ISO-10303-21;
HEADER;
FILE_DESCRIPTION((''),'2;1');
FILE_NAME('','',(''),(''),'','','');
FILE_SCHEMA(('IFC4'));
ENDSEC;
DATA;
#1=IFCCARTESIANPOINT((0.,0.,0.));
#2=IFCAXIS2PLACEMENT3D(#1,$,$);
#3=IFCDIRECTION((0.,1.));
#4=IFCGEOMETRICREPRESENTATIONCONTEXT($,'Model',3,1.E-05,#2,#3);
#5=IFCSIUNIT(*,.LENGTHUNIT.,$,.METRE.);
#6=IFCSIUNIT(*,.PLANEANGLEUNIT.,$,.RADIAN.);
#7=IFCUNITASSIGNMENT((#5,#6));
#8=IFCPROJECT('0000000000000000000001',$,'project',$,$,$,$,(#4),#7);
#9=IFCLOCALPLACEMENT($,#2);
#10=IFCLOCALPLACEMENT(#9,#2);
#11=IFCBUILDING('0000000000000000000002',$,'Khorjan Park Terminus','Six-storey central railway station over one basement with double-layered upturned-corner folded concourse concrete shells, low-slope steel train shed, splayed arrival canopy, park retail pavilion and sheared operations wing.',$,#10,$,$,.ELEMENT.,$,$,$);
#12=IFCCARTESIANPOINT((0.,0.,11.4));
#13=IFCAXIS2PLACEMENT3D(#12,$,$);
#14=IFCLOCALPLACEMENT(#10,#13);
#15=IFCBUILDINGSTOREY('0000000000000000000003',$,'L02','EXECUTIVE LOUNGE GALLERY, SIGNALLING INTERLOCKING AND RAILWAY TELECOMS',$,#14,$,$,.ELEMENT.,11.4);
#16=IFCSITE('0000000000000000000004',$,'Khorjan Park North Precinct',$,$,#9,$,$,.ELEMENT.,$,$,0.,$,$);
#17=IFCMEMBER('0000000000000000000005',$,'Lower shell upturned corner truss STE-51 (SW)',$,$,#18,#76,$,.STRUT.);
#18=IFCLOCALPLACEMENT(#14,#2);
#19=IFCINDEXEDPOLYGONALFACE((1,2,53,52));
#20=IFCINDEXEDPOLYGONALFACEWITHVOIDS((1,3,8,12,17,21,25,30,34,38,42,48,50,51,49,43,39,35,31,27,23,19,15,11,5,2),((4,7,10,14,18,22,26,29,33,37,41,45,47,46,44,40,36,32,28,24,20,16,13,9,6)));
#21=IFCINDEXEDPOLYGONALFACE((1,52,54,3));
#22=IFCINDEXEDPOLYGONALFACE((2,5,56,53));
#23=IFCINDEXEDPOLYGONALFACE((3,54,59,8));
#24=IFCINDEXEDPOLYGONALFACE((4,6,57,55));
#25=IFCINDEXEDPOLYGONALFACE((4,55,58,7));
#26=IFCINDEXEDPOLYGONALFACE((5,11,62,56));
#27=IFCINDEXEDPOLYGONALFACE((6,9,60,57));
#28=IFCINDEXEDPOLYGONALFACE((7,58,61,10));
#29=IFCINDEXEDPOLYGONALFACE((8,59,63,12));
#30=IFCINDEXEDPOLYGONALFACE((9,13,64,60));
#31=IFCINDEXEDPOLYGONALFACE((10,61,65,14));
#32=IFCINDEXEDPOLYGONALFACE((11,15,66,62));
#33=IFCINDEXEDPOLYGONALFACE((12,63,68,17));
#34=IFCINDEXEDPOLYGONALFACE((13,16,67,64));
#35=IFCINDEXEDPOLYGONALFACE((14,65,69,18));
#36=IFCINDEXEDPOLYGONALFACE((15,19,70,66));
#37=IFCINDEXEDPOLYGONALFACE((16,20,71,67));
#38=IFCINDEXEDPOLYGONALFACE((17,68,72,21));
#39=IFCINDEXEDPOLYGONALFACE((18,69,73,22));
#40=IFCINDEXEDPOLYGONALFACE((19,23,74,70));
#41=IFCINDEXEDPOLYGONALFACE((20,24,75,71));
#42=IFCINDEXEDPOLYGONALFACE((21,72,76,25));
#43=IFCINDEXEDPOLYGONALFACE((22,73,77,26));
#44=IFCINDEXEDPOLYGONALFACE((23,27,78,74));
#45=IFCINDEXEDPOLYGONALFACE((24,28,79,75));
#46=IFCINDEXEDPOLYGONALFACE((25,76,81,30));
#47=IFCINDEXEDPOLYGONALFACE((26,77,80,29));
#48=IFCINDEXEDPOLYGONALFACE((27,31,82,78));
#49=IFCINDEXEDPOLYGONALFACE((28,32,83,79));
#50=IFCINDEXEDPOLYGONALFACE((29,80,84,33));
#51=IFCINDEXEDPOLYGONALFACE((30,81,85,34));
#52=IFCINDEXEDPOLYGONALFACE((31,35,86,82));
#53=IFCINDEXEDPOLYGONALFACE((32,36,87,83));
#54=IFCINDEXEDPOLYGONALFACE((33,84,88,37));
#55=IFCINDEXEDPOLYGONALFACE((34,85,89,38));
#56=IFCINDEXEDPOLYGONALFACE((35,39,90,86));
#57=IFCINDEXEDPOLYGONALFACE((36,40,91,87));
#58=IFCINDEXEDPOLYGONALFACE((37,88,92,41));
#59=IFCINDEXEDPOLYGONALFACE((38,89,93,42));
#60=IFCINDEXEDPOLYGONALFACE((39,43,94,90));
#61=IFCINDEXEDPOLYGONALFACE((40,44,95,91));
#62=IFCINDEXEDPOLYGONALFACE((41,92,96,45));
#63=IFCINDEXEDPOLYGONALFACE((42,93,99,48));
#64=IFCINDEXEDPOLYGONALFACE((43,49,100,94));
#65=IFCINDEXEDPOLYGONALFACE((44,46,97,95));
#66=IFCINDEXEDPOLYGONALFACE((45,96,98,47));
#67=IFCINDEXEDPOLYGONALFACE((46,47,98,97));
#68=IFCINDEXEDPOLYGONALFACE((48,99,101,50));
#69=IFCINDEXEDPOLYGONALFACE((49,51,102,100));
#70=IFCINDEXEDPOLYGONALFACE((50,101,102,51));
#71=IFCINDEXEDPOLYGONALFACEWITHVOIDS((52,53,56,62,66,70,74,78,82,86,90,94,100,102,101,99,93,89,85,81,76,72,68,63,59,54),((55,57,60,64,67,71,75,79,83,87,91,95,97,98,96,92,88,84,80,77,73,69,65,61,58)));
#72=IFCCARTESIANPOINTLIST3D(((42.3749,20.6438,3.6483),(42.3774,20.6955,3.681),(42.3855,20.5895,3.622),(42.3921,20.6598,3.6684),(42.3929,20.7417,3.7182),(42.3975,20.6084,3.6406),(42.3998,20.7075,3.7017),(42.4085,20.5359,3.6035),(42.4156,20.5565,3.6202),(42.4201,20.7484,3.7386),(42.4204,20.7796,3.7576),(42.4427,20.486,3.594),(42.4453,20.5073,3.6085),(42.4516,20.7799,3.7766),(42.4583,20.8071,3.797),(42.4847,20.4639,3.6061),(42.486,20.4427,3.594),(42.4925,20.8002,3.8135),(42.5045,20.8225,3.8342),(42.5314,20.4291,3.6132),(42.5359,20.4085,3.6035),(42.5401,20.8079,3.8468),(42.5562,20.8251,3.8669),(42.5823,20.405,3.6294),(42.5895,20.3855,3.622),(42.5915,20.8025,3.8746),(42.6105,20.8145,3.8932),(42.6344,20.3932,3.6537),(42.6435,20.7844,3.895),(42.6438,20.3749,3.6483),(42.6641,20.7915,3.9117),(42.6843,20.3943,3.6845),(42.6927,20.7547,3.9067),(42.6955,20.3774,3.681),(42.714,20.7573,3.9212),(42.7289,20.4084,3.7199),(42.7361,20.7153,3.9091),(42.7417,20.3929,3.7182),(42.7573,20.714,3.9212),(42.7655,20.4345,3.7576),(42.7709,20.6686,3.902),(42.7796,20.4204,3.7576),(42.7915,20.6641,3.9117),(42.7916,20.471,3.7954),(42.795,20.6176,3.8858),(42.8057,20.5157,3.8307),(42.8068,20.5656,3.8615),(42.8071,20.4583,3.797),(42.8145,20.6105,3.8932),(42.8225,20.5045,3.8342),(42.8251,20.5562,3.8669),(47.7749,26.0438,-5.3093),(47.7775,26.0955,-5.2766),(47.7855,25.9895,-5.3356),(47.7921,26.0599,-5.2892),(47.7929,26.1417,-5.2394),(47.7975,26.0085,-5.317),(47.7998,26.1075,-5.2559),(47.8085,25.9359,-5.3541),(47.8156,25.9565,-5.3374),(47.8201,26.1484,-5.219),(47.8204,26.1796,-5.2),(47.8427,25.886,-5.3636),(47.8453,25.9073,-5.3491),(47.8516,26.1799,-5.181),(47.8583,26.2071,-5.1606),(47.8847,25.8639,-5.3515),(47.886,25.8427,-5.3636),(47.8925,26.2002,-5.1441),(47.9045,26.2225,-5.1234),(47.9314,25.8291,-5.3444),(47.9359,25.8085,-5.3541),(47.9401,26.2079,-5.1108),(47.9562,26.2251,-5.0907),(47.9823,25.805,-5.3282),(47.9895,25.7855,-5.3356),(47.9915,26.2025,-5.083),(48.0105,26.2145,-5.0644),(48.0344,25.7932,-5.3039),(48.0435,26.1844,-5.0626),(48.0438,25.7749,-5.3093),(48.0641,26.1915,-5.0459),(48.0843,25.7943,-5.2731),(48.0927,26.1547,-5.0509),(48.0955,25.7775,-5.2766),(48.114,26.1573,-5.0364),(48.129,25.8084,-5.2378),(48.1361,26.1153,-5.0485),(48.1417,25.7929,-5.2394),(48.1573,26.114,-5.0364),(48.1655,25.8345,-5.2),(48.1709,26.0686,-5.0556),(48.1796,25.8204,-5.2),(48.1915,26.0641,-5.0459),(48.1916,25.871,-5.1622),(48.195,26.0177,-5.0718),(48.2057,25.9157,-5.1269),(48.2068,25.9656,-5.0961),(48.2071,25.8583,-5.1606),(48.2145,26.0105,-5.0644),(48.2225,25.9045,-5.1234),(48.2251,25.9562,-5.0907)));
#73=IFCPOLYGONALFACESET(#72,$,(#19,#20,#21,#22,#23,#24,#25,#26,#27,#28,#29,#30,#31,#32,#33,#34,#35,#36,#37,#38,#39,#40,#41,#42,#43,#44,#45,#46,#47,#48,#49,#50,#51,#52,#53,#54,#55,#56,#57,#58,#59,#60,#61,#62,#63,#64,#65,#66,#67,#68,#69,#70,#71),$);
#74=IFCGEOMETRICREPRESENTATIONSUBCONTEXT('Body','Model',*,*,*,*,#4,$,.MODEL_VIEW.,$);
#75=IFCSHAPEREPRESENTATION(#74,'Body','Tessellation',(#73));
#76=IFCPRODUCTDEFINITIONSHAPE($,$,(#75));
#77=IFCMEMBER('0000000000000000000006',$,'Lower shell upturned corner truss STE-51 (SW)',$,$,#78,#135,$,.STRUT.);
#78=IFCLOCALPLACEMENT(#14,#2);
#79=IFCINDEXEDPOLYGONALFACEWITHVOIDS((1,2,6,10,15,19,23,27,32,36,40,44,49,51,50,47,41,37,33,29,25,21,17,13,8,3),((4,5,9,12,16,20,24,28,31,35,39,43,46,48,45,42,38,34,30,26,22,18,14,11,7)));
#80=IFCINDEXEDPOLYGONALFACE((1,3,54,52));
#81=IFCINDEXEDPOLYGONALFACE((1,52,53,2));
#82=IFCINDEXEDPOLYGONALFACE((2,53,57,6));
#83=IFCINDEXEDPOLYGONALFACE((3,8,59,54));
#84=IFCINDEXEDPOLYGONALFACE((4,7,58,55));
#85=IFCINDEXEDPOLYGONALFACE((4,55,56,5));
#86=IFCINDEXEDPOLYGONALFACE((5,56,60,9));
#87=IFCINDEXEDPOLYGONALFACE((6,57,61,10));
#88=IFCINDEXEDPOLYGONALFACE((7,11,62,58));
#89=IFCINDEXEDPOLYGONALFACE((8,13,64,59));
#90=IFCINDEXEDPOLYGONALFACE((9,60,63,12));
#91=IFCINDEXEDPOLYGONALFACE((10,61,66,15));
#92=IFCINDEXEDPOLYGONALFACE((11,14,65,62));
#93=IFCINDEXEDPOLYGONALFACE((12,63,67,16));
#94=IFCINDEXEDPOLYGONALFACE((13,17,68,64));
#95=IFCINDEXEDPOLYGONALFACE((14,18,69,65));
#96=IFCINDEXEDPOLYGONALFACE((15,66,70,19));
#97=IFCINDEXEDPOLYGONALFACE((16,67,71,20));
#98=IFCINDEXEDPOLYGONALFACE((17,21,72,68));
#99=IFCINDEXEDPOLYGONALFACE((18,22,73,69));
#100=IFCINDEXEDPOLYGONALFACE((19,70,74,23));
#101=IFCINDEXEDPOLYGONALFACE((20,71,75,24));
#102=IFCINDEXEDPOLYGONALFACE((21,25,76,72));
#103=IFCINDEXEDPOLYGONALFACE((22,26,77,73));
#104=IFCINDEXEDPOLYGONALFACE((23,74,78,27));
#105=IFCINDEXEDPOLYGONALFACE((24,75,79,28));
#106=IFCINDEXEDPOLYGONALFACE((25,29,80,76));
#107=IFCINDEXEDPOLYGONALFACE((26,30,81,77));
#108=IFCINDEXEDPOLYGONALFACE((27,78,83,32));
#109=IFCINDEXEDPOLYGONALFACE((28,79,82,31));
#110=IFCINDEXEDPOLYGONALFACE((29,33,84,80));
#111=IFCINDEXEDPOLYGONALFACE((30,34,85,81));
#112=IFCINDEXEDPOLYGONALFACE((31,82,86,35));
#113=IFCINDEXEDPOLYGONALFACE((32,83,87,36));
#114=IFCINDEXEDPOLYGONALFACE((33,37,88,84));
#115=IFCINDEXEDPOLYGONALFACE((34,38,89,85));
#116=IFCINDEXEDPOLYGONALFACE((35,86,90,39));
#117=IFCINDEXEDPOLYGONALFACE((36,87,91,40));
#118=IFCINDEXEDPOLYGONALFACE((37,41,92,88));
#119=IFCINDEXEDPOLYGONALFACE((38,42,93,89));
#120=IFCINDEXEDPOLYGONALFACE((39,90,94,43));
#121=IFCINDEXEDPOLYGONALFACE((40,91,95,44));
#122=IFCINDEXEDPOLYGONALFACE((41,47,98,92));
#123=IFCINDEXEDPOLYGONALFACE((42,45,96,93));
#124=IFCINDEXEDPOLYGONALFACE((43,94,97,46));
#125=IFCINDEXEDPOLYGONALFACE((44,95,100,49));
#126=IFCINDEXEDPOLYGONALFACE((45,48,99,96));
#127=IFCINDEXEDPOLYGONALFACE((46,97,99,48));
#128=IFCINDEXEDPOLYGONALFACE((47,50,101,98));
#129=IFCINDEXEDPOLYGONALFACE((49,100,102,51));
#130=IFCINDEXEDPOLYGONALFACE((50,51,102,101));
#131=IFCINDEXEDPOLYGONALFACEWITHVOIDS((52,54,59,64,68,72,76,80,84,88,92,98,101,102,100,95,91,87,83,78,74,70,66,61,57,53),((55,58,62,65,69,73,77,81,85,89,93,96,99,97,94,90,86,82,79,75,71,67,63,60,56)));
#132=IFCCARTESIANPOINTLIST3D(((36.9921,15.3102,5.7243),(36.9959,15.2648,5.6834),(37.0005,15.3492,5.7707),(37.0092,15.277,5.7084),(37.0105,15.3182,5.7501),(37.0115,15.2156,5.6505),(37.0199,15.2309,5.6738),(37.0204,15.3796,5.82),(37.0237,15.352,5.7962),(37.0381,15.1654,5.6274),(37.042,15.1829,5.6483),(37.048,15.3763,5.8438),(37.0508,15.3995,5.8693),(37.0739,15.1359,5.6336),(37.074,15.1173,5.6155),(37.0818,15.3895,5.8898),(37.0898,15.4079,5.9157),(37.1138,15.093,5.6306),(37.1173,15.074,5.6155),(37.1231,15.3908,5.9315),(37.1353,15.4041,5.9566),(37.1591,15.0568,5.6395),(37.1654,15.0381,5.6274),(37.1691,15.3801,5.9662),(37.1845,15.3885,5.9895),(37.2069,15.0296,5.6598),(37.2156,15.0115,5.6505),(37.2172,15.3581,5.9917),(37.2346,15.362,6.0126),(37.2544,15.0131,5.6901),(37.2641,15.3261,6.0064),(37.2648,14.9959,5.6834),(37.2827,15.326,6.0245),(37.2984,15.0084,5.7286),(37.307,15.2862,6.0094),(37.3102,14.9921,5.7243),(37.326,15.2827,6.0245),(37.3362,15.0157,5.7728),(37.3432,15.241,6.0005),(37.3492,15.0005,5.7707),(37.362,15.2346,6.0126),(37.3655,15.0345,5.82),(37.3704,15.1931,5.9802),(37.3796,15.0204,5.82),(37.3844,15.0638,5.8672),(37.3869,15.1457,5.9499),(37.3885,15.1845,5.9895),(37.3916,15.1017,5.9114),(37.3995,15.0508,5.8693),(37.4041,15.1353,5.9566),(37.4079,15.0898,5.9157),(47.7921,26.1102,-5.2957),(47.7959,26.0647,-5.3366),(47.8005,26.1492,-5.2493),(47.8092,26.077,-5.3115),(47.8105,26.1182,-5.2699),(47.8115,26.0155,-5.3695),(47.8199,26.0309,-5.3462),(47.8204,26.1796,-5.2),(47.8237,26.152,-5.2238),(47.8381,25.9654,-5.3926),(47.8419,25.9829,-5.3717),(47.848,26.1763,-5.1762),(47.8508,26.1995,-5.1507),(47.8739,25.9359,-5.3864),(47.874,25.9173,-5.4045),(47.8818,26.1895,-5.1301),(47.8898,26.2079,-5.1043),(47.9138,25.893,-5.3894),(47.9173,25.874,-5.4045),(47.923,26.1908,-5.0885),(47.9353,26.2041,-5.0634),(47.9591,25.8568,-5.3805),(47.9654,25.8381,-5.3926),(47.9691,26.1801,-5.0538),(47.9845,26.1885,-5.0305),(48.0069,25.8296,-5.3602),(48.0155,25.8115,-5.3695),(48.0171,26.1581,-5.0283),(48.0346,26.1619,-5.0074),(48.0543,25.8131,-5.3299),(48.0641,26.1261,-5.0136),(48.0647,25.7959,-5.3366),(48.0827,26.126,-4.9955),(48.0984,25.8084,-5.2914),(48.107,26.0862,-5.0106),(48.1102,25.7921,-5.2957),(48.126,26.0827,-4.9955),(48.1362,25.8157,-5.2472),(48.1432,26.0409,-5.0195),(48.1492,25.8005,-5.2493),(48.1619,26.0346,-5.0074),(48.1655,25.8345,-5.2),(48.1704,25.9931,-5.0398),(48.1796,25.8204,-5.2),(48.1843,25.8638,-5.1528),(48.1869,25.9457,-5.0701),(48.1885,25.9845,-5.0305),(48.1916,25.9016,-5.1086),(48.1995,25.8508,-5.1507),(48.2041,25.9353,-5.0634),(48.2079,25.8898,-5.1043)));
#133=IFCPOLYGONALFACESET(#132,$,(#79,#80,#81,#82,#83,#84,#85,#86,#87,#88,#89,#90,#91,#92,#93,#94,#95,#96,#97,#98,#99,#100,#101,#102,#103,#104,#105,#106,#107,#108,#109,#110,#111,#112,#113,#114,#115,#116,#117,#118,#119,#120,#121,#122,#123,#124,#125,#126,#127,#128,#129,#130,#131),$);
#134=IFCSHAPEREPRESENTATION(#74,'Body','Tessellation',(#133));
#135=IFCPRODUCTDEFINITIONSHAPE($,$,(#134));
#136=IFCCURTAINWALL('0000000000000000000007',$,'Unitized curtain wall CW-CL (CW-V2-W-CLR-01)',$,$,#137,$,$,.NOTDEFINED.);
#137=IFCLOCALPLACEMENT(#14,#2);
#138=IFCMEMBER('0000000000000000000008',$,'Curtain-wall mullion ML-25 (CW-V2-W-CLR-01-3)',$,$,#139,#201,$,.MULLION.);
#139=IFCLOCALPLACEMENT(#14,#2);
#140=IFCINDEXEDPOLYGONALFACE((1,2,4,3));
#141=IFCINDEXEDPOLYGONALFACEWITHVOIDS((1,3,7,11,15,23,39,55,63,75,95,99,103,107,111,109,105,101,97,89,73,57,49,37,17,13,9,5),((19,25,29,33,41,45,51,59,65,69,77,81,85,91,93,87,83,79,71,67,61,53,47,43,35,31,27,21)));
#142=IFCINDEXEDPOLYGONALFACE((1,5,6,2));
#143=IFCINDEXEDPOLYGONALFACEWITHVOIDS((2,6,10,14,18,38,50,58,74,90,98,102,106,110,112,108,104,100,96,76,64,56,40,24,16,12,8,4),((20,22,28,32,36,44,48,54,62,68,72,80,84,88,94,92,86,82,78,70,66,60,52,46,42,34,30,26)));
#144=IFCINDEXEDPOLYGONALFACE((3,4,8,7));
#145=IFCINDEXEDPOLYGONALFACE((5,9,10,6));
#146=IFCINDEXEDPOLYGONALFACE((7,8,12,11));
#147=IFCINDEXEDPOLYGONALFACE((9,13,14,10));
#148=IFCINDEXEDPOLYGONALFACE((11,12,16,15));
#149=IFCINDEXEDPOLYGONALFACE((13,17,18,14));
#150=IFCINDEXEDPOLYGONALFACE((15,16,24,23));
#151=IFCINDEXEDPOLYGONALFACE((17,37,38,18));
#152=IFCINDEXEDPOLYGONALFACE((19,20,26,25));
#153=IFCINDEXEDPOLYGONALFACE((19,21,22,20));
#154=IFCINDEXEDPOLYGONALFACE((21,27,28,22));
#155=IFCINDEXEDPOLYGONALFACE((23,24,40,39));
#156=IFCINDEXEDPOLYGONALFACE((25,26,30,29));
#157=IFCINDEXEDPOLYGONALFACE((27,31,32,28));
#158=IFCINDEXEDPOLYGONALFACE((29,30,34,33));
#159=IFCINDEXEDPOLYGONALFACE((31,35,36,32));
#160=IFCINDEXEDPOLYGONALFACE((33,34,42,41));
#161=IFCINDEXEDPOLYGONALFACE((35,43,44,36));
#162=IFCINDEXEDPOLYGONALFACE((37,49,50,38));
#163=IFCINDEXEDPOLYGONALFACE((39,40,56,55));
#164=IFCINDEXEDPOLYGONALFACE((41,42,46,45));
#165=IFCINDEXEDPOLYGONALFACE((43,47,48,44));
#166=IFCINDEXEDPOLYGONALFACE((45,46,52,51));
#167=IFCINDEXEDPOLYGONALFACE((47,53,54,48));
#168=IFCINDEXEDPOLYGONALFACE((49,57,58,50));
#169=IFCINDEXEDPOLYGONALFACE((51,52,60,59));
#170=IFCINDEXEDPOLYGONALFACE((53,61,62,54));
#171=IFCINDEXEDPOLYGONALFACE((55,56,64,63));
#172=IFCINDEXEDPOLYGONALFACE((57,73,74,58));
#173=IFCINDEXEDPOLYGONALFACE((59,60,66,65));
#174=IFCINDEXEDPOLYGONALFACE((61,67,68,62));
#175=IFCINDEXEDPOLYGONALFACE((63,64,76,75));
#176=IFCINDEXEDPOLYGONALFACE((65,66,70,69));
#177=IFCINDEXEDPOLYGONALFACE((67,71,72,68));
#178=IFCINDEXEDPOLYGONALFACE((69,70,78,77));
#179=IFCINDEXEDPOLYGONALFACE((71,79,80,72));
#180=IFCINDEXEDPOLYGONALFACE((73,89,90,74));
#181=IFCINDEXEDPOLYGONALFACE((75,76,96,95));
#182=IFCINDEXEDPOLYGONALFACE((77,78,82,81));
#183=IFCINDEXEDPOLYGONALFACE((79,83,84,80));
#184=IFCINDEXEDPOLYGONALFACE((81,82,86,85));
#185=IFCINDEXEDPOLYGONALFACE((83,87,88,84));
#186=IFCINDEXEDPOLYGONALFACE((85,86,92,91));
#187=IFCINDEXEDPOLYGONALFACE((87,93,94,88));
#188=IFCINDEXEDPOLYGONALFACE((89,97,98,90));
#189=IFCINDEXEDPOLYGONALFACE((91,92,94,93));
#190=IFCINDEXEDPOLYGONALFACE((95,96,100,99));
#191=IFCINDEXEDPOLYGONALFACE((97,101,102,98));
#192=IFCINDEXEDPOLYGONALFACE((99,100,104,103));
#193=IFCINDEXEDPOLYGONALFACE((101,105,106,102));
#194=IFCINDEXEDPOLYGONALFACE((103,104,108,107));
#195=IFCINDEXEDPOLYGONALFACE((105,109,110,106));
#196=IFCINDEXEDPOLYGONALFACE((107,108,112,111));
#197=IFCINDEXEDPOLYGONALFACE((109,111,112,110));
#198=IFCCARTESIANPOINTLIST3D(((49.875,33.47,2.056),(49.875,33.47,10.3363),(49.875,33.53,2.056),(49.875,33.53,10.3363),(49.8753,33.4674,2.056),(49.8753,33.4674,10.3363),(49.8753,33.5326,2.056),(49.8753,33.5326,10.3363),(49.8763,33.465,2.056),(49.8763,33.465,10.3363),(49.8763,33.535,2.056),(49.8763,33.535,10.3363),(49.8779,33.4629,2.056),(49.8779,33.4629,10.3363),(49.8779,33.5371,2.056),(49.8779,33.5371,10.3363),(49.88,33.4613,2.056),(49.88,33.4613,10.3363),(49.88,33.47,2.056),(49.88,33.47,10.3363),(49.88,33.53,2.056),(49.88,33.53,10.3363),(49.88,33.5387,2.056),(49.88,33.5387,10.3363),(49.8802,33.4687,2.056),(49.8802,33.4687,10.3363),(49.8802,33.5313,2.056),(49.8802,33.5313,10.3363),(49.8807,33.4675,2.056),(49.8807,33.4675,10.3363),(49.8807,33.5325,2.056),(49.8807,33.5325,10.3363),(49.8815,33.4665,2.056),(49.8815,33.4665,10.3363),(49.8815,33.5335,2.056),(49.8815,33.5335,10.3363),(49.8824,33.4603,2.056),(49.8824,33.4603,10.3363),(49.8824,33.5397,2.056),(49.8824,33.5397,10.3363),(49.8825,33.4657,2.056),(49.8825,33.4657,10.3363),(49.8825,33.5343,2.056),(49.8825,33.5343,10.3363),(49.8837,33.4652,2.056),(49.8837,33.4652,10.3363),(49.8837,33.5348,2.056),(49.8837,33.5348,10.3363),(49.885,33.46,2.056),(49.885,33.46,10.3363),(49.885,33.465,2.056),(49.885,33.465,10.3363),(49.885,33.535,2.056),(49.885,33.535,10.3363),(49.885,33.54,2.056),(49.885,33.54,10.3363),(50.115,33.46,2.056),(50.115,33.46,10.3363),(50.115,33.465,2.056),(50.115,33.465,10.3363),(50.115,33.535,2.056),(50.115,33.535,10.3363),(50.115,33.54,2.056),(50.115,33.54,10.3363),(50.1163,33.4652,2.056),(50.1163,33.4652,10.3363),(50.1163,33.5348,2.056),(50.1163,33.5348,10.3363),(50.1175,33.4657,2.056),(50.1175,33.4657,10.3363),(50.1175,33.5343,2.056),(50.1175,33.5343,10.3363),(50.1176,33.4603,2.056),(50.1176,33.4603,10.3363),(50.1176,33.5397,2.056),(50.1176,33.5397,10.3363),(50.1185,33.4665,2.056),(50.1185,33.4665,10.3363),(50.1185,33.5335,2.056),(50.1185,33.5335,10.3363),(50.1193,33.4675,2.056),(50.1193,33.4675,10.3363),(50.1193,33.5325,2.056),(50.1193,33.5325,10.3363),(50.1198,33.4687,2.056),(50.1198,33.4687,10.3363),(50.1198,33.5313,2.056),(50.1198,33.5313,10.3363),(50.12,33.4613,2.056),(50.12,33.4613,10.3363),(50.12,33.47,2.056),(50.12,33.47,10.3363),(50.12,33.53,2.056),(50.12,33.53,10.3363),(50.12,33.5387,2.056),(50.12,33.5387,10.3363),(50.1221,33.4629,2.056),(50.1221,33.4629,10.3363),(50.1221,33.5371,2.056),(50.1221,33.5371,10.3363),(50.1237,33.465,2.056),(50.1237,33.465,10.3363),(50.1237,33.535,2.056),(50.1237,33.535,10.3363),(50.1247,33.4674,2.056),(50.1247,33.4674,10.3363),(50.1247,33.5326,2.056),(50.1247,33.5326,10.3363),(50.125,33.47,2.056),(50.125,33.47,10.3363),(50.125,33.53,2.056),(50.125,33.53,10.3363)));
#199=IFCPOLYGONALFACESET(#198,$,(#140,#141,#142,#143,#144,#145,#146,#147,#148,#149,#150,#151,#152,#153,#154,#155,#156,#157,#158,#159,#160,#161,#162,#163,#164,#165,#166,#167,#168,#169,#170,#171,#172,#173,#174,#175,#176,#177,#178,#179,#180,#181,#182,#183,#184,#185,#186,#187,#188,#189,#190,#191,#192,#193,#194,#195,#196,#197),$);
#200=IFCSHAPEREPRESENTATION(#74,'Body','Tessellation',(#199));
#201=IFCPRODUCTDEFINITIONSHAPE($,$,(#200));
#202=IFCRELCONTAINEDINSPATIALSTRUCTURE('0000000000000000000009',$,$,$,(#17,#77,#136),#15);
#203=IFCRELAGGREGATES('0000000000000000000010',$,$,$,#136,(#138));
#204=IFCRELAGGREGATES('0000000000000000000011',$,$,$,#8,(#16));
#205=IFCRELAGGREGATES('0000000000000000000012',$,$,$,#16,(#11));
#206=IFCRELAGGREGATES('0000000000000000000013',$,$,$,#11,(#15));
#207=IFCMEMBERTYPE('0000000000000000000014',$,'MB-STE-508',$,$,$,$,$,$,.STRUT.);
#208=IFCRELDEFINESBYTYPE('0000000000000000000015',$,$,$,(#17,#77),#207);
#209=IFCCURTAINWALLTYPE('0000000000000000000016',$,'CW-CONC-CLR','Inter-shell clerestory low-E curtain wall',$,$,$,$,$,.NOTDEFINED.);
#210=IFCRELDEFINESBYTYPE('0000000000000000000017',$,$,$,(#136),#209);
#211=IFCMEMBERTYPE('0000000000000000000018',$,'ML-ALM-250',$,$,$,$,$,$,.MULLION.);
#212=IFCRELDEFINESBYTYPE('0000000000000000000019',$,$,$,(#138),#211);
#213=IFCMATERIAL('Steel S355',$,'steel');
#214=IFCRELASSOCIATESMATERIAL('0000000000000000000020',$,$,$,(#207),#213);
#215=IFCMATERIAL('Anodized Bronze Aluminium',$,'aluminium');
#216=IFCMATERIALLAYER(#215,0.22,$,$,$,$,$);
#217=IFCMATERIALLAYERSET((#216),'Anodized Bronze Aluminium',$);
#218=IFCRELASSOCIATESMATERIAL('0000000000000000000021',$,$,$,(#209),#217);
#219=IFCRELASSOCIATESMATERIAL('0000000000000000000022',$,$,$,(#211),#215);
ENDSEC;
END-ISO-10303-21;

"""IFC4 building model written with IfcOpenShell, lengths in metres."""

from ifc_helpers import new_model, si_unit, direction, frame, origin, origin_2d, place, context, subcontext, project, spatial, hollow_rectangle, hollow_circle, extrude, material, layer, layer_set, material_profile, profile_set, type_object, element, aggregate, save


model = new_model("IFC4")

# Units and contexts
model_context = context("Model", 3, precision=1e-05, world=origin(), true_north=direction((0.0, 1.0)))
body_context = subcontext(model_context, "Body", "Model", "MODEL_VIEW")
ifc_project = project(units=[si_unit("LENGTHUNIT", "METRE"), si_unit("PLANEANGLEUNIT", "RADIAN")], contexts=[model_context])

# Site, building, storey
site_placement = place(None, origin())
site = spatial("IfcSite", under=ifc_project, at=site_placement, Name="Khorjan Park North Precinct", CompositionType="ELEMENT", RefElevation=0.0)
building_placement = place(site_placement, origin())
building = spatial("IfcBuilding", under=site, at=building_placement, Name="Khorjan Park Terminus", Description="Six-storey central railway station over one basement with double-layered upturned-corner folded concourse concrete shells, low-slope steel train shed, splayed arrival canopy, park retail pavilion and sheared operations wing.", CompositionType="ELEMENT")
storey_placement = place(building_placement, frame((0.0, 0.0, 11.4)))
storey = spatial("IfcBuildingStorey", under=building, at=storey_placement, Name="L02", Description="EXECUTIVE LOUNGE GALLERY, SIGNALLING INTERLOCKING AND RAILWAY TELECOMS", CompositionType="ELEMENT", Elevation=11.4)

# Members
ifc_material_1 = material(Name="Steel S355", Category="steel")
ifc_material_profile_1 = material_profile(ifc_material_1, hollow_circle(Radius=0.254, WallThickness=0.02, at=origin_2d()), Name="CHS 508x20")
ifc_profile_set_1 = profile_set([ifc_material_profile_1], Name="Steel S355")
member_type_1 = type_object("IfcMemberType", Name="MB-STE-508", PredefinedType="STRUT", material=ifc_profile_set_1)
member_1_placement = place(storey_placement, frame((48.0, 26.0, -5.2), z_axis=(-0.458751, -0.458751, 0.760983), x_axis=(0.707107, -0.707107, 0.0)))
element("IfcMember", 1, at=member_1_placement, inside=storey, type_object=member_type_1, Name="Lower shell upturned corner truss STE-51 (SW)", PredefinedType="STRUT", context=body_context, shape_type="SweptSolid", body=[
    extrude(hollow_circle(Radius=0.254, WallThickness=0.02, at=origin_2d()), origin(), (0.0, 0.0, 1.0), 11.7711),
])
member_2_placement = place(storey_placement, frame((48.0, 26.0, -5.2), z_axis=(-0.57343, -0.57343, 0.585111), x_axis=(0.707107, -0.707107, 0.0)))
element("IfcMember", 2, at=member_2_placement, inside=storey, type_object=member_type_1, Name="Lower shell upturned corner truss STE-51 (SW)", PredefinedType="STRUT", context=body_context, shape_type="SweptSolid", body=[
    extrude(hollow_circle(Radius=0.254, WallThickness=0.02, at=origin_2d()), origin(), (0.0, 0.0, 1.0), 18.834),
])

# Curtain wall, member
ifc_material_2 = material(Name="Anodized Bronze Aluminium", Category="aluminium")
ifc_layer_1 = layer(ifc_material_2, 0.22)
ifc_layer_set_1 = layer_set([ifc_layer_1], Name="Anodized Bronze Aluminium")
curtain_wall_type = type_object("IfcCurtainWallType", Name="CW-CONC-CLR", Description="Inter-shell clerestory low-E curtain wall", PredefinedType="NOTDEFINED", material=ifc_layer_set_1)
curtain_wall_placement = place(storey_placement, origin())
curtain_wall = element("IfcCurtainWall", 3, at=curtain_wall_placement, inside=storey, type_object=curtain_wall_type, Name="Unitized curtain wall CW-CL (CW-V2-W-CLR-01)", PredefinedType="NOTDEFINED")
ifc_material_profile_2 = material_profile(ifc_material_2, hollow_rectangle(XDim=0.08, YDim=0.25, WallThickness=0.005, InnerFilletRadius=0.005, OuterFilletRadius=0.01, at=origin_2d()), Name="ALM 80x250x5")
ifc_profile_set_2 = profile_set([ifc_material_profile_2], Name="Anodized Bronze Aluminium")
member_type_2 = type_object("IfcMemberType", Name="ML-ALM-250", PredefinedType="MULLION", material=ifc_profile_set_2)
member_3_placement = place(storey_placement, frame((50.0, 33.5, 2.056), z_axis=(0.0, 0.0, 1.0), x_axis=(0.0, -1.0, 0.0)))
member_3 = element("IfcMember", 4, at=member_3_placement, type_object=member_type_2, Name="Curtain-wall mullion ML-25 (CW-V2-W-CLR-01-3)", PredefinedType="MULLION", context=body_context, shape_type="SweptSolid", body=[
    extrude(hollow_rectangle(XDim=0.08, YDim=0.25, WallThickness=0.005, InnerFilletRadius=0.005, OuterFilletRadius=0.01, at=origin_2d()), origin(), (0.0, 0.0, 1.0), 8.2803),
])

aggregate(curtain_wall, [member_3])

save(model, "model.ifc")
